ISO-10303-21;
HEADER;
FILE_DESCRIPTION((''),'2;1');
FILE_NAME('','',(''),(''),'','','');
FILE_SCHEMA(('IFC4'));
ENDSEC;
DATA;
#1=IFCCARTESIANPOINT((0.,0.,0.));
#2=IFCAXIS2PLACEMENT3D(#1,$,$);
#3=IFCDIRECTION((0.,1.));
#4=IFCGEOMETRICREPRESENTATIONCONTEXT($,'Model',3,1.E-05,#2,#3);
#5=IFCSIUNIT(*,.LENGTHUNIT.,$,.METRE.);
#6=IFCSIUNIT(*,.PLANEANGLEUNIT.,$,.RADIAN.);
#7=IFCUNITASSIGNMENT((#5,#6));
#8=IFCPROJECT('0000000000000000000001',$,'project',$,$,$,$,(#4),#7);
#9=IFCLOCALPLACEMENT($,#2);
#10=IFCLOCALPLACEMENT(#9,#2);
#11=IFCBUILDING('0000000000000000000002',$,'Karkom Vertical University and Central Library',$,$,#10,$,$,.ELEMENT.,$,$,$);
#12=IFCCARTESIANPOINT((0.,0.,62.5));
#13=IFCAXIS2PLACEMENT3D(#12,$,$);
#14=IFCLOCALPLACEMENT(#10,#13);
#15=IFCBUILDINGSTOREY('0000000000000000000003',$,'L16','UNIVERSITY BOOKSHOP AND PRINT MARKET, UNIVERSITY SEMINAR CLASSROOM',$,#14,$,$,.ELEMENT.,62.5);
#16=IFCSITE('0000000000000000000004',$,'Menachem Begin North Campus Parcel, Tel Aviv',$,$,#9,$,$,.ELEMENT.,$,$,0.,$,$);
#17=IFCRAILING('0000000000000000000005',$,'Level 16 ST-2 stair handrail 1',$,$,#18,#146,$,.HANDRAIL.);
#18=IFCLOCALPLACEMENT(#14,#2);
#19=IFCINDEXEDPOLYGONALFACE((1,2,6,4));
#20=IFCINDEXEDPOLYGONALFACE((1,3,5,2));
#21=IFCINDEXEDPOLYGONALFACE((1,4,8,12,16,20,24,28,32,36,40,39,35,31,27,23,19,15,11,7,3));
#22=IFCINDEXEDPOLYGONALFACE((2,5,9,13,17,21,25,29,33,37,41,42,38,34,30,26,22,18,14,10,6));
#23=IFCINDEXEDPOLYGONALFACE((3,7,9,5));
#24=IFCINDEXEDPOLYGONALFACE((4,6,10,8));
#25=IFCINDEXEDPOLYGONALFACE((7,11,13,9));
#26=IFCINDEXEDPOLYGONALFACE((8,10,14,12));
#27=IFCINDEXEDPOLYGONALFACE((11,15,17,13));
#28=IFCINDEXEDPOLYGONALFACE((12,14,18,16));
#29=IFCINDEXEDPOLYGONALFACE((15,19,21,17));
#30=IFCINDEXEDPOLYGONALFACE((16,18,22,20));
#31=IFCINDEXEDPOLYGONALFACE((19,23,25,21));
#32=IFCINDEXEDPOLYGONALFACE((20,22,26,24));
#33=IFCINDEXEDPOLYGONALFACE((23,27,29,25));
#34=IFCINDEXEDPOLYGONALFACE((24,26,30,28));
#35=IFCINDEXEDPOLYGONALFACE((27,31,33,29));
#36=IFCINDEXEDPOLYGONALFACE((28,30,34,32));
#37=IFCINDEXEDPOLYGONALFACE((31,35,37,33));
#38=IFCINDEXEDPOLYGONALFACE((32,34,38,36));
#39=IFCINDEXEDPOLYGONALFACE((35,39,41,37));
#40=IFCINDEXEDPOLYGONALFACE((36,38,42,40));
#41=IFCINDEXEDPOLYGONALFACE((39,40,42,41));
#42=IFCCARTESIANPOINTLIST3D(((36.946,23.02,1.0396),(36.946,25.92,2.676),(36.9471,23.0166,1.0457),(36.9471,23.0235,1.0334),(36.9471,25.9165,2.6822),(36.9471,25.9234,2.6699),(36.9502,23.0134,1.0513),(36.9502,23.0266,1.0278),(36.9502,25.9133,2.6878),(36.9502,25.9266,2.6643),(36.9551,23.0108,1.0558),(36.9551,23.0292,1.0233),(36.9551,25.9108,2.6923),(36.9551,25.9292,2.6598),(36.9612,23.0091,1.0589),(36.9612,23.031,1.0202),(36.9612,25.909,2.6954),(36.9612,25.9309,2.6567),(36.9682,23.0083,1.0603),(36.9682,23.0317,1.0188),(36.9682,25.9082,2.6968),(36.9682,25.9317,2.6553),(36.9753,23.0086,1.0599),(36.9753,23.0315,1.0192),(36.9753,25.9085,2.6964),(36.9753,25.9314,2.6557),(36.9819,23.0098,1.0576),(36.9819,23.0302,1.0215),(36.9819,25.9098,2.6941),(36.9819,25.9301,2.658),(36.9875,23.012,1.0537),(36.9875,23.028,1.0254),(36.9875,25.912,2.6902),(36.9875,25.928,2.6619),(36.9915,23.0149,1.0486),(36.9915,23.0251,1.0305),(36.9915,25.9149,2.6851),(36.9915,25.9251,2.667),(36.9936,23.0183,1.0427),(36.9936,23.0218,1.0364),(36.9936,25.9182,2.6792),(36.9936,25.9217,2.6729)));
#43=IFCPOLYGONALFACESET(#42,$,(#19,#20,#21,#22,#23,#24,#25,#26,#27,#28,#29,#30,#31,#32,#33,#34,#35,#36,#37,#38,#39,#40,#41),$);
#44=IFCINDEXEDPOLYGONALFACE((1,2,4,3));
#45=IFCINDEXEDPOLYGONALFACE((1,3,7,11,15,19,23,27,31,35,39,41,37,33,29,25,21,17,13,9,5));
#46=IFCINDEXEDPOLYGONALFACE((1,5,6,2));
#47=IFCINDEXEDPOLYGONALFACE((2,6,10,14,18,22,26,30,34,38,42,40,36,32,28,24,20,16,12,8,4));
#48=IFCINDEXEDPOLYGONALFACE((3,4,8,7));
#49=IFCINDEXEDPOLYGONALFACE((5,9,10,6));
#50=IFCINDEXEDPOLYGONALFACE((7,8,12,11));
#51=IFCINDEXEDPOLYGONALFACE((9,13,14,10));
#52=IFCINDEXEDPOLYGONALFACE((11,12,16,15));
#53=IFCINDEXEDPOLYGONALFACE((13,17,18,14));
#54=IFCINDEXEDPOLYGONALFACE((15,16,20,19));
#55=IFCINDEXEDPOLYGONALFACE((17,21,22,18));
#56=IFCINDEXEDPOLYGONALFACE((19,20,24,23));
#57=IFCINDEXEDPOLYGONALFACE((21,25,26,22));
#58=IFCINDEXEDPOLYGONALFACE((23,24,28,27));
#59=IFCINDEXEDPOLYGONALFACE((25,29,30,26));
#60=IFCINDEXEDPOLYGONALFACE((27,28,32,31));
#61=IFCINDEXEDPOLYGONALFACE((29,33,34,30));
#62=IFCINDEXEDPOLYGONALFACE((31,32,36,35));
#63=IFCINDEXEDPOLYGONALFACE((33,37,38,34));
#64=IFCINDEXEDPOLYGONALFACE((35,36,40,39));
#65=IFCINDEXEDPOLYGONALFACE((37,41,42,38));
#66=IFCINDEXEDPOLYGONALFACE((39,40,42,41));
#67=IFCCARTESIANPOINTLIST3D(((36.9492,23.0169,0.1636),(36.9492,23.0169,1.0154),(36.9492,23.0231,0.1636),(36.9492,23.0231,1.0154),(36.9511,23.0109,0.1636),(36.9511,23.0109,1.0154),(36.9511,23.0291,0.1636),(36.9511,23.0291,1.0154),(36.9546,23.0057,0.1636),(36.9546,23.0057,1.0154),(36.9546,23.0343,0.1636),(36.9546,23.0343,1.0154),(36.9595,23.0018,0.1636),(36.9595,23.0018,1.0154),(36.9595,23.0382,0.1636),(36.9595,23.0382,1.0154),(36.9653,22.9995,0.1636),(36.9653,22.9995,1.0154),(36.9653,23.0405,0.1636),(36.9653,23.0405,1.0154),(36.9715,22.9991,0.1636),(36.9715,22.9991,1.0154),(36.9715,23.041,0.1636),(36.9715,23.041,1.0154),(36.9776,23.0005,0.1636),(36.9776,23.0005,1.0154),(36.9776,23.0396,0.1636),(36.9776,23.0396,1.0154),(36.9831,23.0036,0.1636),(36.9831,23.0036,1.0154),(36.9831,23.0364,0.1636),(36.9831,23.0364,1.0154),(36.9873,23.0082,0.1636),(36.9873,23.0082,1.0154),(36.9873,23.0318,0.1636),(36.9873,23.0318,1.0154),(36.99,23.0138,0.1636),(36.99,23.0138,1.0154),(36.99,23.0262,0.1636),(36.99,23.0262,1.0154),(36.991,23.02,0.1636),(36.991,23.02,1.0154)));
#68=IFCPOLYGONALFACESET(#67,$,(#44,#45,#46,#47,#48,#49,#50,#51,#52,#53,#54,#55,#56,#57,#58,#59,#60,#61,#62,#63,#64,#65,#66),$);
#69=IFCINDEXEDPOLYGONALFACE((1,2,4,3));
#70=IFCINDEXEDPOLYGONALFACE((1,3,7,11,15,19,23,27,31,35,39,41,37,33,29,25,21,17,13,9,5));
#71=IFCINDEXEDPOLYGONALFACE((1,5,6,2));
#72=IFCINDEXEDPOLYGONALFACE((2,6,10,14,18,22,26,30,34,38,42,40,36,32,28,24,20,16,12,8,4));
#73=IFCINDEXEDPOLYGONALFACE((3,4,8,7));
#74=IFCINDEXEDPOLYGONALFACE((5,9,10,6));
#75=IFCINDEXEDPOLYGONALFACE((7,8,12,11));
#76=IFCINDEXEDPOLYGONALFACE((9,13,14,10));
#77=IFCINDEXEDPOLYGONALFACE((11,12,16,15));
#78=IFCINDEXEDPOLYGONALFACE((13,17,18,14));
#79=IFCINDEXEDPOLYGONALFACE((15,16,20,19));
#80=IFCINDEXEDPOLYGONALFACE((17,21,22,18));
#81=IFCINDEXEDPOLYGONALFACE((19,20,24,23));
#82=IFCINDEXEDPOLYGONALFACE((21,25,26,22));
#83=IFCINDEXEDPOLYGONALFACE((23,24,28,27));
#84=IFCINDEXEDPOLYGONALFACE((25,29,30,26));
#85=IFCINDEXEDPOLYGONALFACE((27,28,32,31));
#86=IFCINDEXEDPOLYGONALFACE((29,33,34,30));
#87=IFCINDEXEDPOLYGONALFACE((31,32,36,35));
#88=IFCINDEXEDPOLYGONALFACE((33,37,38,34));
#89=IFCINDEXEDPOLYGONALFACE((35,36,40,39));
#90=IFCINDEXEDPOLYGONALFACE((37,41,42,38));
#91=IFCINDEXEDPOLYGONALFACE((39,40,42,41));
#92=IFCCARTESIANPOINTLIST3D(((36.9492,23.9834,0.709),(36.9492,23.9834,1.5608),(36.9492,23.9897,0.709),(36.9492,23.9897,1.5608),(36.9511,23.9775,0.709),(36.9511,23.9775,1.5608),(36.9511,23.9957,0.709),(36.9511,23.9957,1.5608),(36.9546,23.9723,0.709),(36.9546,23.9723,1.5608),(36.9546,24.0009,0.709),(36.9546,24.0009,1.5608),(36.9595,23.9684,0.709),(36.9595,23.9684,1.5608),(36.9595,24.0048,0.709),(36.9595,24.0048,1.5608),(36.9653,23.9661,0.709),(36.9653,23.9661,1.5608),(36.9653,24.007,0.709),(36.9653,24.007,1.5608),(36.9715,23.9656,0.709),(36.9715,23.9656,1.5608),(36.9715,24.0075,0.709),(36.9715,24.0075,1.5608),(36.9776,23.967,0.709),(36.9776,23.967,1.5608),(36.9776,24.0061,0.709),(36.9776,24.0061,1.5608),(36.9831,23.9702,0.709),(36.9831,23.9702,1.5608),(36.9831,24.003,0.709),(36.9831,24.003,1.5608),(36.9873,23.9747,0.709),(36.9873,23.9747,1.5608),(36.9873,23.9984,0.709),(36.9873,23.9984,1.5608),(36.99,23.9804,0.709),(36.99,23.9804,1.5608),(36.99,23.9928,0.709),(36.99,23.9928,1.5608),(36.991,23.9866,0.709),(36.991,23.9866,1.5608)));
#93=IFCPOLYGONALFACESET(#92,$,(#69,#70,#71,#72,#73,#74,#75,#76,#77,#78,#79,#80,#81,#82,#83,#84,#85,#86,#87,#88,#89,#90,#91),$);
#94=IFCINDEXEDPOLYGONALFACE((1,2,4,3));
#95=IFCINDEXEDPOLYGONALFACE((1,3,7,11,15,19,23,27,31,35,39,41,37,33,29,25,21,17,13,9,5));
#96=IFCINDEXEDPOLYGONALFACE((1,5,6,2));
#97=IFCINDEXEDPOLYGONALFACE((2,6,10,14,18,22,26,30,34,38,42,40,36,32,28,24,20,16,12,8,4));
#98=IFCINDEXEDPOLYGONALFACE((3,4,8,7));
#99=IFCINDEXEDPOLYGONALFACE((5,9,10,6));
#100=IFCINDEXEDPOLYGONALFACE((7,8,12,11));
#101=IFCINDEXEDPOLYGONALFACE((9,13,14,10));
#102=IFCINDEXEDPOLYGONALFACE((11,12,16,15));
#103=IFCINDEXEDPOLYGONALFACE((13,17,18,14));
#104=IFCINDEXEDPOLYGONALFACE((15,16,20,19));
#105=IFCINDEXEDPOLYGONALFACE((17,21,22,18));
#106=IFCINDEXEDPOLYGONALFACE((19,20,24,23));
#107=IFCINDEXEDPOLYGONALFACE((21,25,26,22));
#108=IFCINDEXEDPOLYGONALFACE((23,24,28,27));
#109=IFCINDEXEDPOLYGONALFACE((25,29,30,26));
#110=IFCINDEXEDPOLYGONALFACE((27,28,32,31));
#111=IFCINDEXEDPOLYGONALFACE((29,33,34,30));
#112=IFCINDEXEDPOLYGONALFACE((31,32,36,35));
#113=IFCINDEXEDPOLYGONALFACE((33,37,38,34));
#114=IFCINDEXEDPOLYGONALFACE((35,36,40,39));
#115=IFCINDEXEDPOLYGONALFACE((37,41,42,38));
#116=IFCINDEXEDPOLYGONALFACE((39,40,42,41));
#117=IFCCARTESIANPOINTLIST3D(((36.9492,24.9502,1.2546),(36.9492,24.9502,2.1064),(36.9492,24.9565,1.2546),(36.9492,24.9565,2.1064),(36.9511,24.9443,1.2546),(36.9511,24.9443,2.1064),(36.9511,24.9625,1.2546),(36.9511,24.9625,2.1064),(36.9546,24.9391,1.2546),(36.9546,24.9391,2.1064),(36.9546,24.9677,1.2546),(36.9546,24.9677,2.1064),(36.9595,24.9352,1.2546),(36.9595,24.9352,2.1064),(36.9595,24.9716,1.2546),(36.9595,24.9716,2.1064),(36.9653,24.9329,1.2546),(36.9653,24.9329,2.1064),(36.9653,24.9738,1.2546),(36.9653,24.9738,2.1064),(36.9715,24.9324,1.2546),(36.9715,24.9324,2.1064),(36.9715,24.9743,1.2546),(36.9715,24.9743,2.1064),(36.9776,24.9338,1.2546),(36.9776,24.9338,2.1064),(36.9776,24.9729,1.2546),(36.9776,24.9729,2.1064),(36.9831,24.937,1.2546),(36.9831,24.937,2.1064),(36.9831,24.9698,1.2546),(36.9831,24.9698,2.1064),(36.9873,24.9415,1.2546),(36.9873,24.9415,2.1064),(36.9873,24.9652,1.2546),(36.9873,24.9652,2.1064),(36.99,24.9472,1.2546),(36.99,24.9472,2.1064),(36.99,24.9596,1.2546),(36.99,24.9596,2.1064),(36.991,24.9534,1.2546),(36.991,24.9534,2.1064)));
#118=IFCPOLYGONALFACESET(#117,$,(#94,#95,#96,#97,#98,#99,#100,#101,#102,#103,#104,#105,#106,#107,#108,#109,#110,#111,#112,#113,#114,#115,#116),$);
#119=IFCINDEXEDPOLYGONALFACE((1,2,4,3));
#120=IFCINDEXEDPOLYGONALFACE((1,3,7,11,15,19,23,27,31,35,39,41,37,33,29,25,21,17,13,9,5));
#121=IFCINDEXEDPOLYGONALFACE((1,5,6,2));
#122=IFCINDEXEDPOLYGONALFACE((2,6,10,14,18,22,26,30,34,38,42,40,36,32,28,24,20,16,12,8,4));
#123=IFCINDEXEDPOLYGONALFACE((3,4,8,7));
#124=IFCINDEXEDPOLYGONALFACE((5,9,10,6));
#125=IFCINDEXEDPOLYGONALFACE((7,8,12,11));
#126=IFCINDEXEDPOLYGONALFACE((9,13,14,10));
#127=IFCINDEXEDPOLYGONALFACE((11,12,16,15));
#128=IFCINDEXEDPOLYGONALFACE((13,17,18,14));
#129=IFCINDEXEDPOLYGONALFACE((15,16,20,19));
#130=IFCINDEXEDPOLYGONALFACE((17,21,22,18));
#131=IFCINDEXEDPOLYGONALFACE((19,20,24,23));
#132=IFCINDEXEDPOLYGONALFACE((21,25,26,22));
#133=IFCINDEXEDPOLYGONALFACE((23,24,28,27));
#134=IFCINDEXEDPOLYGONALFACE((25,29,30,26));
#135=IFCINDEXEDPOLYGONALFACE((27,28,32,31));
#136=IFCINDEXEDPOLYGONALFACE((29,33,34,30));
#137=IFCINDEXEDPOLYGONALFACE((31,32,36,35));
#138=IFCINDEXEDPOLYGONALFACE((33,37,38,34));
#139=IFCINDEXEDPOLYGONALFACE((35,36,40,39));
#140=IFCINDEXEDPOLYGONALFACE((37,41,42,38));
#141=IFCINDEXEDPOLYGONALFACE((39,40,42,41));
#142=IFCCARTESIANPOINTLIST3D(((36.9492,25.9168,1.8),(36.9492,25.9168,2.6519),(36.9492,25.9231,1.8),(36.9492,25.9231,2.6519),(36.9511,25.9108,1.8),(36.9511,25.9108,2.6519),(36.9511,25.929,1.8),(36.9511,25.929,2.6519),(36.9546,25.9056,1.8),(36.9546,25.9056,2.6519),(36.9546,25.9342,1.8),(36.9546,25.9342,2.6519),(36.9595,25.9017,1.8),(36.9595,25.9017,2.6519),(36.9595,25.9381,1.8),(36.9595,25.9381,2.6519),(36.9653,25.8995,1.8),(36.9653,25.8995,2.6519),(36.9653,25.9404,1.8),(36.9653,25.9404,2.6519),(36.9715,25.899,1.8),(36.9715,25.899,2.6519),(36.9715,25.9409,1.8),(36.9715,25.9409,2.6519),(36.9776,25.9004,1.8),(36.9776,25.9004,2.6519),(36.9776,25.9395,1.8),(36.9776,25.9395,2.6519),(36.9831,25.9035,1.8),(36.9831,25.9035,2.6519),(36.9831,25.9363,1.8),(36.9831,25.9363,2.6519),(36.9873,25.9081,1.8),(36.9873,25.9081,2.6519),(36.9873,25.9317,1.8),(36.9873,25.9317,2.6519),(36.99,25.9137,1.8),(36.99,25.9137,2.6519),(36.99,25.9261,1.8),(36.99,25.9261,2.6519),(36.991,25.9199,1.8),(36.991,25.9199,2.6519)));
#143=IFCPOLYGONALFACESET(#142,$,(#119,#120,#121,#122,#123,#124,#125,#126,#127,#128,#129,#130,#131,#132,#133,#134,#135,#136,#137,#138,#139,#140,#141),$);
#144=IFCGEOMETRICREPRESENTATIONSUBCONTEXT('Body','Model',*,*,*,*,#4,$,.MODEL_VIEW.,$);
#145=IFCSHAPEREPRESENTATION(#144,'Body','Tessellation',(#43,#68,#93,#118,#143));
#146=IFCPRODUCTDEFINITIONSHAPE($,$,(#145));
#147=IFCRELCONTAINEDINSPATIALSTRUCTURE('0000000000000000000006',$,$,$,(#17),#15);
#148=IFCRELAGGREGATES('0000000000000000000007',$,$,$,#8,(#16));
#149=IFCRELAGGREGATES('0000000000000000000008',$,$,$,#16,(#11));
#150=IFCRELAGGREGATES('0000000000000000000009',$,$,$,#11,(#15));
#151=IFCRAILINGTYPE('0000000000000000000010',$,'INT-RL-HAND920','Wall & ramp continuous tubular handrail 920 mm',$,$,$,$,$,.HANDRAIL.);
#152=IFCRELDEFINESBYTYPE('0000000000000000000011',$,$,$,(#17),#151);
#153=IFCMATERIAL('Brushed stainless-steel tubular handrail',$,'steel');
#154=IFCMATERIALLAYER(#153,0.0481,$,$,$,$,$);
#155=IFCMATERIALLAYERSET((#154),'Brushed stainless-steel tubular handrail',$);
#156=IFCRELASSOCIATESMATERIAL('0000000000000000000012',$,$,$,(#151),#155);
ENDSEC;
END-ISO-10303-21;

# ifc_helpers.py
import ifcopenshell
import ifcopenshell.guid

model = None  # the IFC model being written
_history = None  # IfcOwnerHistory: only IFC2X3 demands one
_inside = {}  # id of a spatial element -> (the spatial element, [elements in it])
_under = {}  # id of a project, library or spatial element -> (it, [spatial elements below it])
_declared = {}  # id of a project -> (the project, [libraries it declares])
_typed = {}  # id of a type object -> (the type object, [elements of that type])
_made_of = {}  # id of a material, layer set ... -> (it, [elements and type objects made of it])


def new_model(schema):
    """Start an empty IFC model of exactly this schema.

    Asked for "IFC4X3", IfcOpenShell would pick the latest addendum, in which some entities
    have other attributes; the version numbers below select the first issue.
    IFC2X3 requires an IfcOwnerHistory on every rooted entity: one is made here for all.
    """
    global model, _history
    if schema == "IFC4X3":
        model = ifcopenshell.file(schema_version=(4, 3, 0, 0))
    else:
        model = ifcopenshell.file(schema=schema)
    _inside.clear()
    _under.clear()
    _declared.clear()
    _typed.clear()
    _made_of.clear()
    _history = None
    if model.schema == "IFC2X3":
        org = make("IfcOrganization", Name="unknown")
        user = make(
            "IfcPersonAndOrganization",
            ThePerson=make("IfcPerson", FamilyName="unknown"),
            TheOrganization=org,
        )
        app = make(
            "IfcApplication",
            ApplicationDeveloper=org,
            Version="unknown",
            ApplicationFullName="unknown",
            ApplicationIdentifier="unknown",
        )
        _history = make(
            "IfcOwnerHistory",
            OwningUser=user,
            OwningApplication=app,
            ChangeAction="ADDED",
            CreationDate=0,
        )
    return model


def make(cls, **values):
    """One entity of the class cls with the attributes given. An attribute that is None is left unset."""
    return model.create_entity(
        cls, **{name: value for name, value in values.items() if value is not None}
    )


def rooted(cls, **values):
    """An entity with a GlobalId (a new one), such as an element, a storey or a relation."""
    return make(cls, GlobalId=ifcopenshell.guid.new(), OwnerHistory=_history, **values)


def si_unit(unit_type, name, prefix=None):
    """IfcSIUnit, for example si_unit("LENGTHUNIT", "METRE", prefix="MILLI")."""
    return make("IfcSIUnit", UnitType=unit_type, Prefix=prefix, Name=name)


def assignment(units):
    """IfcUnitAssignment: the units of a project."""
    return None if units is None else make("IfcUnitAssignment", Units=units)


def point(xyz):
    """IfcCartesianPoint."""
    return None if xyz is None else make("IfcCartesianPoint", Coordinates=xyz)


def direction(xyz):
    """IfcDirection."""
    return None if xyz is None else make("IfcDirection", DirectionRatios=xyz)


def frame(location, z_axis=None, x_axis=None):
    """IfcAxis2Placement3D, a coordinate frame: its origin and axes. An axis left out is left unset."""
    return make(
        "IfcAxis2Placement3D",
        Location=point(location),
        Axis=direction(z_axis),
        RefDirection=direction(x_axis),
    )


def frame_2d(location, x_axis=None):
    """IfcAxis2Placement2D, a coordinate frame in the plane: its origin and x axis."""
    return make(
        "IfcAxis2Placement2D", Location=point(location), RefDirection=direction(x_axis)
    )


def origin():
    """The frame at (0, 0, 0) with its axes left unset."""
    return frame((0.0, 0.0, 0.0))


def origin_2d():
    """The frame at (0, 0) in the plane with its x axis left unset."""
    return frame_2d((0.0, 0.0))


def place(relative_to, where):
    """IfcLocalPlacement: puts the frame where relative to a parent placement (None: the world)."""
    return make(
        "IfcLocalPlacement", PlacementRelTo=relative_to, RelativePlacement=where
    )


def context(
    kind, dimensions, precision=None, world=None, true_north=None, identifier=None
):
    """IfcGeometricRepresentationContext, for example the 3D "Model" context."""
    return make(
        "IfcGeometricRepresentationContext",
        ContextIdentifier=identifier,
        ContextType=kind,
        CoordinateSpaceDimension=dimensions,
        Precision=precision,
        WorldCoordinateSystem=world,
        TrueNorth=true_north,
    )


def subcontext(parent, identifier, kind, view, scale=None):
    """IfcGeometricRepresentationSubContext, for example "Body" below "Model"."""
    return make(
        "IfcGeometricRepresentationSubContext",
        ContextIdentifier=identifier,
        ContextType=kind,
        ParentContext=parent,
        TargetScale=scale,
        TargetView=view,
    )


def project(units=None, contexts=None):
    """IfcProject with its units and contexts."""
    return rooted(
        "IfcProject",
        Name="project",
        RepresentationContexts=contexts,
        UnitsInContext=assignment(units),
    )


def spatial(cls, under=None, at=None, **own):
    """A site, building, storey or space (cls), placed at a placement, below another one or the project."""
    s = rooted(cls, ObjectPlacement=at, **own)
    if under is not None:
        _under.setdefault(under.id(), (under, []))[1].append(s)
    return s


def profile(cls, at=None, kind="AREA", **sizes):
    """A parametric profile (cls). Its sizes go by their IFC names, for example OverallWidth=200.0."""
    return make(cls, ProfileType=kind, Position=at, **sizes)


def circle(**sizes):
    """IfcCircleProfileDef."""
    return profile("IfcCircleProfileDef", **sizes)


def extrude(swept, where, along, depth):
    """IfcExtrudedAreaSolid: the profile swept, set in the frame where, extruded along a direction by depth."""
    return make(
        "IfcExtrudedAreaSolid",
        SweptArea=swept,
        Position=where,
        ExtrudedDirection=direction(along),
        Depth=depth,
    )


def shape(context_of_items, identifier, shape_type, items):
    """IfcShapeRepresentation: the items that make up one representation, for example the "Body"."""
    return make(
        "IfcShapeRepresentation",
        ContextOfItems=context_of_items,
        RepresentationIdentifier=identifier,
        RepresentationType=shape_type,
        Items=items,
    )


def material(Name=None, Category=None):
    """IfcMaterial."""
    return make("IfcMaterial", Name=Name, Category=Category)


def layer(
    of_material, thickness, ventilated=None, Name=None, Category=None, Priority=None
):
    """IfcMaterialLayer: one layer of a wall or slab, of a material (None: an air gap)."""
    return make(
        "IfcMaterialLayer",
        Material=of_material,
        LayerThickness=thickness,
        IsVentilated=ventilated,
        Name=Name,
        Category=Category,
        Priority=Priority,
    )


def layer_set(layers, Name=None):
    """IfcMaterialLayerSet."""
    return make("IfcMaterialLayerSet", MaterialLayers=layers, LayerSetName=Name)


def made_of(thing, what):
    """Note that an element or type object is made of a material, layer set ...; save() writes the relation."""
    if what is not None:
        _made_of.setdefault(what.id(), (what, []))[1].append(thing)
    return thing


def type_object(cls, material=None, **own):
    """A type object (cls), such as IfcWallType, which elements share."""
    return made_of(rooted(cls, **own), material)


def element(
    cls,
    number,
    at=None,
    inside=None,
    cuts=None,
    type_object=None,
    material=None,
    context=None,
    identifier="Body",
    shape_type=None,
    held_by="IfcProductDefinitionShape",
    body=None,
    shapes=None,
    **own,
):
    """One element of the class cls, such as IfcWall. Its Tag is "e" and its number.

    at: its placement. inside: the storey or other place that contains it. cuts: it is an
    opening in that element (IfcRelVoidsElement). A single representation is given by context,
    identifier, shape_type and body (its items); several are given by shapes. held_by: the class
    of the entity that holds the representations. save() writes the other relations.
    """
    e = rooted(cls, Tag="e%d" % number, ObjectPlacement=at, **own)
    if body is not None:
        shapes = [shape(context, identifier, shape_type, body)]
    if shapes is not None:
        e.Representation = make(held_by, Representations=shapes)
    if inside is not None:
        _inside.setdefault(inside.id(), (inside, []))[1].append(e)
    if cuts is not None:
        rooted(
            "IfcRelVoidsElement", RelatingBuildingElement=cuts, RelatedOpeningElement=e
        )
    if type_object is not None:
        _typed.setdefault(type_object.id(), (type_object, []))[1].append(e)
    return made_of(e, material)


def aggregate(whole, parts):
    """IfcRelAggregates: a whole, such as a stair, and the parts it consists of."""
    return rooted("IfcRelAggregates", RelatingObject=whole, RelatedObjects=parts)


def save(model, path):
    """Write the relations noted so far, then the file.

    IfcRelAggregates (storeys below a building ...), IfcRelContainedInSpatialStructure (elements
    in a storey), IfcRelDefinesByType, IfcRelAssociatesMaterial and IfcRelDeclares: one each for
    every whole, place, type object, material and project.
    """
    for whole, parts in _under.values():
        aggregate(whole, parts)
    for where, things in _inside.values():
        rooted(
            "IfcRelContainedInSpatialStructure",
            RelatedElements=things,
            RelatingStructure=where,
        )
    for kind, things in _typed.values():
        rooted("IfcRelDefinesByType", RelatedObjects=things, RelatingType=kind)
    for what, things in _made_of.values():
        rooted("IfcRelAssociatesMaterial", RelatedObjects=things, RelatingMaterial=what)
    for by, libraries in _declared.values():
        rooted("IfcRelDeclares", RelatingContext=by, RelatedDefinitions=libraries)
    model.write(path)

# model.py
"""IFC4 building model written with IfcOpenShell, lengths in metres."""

from ifc_helpers import new_model, si_unit, direction, frame, origin, origin_2d, place, context, subcontext, project, spatial, circle, extrude, material, layer, layer_set, type_object, element, save


model = new_model("IFC4")

# Units and contexts
model_context = context("Model", 3, precision=1e-05, world=origin(), true_north=direction((0.0, 1.0)))
body_context = subcontext(model_context, "Body", "Model", "MODEL_VIEW")
ifc_project = project(units=[si_unit("LENGTHUNIT", "METRE"), si_unit("PLANEANGLEUNIT", "RADIAN")], contexts=[model_context])

# Site, building, storey
site_placement = place(None, origin())
site = spatial("IfcSite", under=ifc_project, at=site_placement, Name="Menachem Begin North Campus Parcel, Tel Aviv", CompositionType="ELEMENT", RefElevation=0.0)
building_placement = place(site_placement, origin())
building = spatial("IfcBuilding", under=site, at=building_placement, Name="Karkom Vertical University and Central Library", CompositionType="ELEMENT")
storey_placement = place(building_placement, frame((0.0, 0.0, 62.5)))
storey = spatial("IfcBuildingStorey", under=building, at=storey_placement, Name="L16", Description="UNIVERSITY BOOKSHOP AND PRINT MARKET, UNIVERSITY SEMINAR CLASSROOM", CompositionType="ELEMENT", Elevation=62.5)

# Railing
ifc_material_1 = material(Name="Brushed stainless-steel tubular handrail", Category="steel")
ifc_layer_1 = layer(ifc_material_1, 0.0481)
ifc_layer_set_1 = layer_set([ifc_layer_1], Name="Brushed stainless-steel tubular handrail")
railing_type_1 = type_object("IfcRailingType", Name="INT-RL-HAND920", Description="Wall & ramp continuous tubular handrail 920 mm", PredefinedType="HANDRAIL", material=ifc_layer_set_1)
railing_1_placement = place(storey_placement, frame((36.97, 23.02, 0.1636)))
element("IfcRailing", 1, at=railing_1_placement, inside=storey, type_object=railing_type_1, Name="Level 16 ST-2 stair handrail 1", PredefinedType="HANDRAIL", context=body_context, shape_type="SweptSolid", body=[
    extrude(circle(Radius=0.0239, at=origin_2d()), frame((0.0, 0.0, 0.876), z_axis=(0.0, 0.870897, 0.491465), x_axis=(-1.0, 0.0, 0.0)), (0.0, 0.0, 1.0), 3.3298),
    extrude(circle(Radius=0.021, at=origin_2d()), origin(), (0.0, 0.0, 1.0), 0.8518),
    extrude(circle(Radius=0.021, at=origin_2d()), frame((0.0, 0.9666, 0.5454)), (0.0, 0.0, 1.0), 0.8518),
    extrude(circle(Radius=0.021, at=origin_2d()), frame((0.0, 1.9333, 1.0911)), (0.0, 0.0, 1.0), 0.8518),
    extrude(circle(Radius=0.021, at=origin_2d()), frame((0.0, 2.8999, 1.6365)), (0.0, 0.0, 1.0), 0.8518),
])

save(model, "model.ifc")
